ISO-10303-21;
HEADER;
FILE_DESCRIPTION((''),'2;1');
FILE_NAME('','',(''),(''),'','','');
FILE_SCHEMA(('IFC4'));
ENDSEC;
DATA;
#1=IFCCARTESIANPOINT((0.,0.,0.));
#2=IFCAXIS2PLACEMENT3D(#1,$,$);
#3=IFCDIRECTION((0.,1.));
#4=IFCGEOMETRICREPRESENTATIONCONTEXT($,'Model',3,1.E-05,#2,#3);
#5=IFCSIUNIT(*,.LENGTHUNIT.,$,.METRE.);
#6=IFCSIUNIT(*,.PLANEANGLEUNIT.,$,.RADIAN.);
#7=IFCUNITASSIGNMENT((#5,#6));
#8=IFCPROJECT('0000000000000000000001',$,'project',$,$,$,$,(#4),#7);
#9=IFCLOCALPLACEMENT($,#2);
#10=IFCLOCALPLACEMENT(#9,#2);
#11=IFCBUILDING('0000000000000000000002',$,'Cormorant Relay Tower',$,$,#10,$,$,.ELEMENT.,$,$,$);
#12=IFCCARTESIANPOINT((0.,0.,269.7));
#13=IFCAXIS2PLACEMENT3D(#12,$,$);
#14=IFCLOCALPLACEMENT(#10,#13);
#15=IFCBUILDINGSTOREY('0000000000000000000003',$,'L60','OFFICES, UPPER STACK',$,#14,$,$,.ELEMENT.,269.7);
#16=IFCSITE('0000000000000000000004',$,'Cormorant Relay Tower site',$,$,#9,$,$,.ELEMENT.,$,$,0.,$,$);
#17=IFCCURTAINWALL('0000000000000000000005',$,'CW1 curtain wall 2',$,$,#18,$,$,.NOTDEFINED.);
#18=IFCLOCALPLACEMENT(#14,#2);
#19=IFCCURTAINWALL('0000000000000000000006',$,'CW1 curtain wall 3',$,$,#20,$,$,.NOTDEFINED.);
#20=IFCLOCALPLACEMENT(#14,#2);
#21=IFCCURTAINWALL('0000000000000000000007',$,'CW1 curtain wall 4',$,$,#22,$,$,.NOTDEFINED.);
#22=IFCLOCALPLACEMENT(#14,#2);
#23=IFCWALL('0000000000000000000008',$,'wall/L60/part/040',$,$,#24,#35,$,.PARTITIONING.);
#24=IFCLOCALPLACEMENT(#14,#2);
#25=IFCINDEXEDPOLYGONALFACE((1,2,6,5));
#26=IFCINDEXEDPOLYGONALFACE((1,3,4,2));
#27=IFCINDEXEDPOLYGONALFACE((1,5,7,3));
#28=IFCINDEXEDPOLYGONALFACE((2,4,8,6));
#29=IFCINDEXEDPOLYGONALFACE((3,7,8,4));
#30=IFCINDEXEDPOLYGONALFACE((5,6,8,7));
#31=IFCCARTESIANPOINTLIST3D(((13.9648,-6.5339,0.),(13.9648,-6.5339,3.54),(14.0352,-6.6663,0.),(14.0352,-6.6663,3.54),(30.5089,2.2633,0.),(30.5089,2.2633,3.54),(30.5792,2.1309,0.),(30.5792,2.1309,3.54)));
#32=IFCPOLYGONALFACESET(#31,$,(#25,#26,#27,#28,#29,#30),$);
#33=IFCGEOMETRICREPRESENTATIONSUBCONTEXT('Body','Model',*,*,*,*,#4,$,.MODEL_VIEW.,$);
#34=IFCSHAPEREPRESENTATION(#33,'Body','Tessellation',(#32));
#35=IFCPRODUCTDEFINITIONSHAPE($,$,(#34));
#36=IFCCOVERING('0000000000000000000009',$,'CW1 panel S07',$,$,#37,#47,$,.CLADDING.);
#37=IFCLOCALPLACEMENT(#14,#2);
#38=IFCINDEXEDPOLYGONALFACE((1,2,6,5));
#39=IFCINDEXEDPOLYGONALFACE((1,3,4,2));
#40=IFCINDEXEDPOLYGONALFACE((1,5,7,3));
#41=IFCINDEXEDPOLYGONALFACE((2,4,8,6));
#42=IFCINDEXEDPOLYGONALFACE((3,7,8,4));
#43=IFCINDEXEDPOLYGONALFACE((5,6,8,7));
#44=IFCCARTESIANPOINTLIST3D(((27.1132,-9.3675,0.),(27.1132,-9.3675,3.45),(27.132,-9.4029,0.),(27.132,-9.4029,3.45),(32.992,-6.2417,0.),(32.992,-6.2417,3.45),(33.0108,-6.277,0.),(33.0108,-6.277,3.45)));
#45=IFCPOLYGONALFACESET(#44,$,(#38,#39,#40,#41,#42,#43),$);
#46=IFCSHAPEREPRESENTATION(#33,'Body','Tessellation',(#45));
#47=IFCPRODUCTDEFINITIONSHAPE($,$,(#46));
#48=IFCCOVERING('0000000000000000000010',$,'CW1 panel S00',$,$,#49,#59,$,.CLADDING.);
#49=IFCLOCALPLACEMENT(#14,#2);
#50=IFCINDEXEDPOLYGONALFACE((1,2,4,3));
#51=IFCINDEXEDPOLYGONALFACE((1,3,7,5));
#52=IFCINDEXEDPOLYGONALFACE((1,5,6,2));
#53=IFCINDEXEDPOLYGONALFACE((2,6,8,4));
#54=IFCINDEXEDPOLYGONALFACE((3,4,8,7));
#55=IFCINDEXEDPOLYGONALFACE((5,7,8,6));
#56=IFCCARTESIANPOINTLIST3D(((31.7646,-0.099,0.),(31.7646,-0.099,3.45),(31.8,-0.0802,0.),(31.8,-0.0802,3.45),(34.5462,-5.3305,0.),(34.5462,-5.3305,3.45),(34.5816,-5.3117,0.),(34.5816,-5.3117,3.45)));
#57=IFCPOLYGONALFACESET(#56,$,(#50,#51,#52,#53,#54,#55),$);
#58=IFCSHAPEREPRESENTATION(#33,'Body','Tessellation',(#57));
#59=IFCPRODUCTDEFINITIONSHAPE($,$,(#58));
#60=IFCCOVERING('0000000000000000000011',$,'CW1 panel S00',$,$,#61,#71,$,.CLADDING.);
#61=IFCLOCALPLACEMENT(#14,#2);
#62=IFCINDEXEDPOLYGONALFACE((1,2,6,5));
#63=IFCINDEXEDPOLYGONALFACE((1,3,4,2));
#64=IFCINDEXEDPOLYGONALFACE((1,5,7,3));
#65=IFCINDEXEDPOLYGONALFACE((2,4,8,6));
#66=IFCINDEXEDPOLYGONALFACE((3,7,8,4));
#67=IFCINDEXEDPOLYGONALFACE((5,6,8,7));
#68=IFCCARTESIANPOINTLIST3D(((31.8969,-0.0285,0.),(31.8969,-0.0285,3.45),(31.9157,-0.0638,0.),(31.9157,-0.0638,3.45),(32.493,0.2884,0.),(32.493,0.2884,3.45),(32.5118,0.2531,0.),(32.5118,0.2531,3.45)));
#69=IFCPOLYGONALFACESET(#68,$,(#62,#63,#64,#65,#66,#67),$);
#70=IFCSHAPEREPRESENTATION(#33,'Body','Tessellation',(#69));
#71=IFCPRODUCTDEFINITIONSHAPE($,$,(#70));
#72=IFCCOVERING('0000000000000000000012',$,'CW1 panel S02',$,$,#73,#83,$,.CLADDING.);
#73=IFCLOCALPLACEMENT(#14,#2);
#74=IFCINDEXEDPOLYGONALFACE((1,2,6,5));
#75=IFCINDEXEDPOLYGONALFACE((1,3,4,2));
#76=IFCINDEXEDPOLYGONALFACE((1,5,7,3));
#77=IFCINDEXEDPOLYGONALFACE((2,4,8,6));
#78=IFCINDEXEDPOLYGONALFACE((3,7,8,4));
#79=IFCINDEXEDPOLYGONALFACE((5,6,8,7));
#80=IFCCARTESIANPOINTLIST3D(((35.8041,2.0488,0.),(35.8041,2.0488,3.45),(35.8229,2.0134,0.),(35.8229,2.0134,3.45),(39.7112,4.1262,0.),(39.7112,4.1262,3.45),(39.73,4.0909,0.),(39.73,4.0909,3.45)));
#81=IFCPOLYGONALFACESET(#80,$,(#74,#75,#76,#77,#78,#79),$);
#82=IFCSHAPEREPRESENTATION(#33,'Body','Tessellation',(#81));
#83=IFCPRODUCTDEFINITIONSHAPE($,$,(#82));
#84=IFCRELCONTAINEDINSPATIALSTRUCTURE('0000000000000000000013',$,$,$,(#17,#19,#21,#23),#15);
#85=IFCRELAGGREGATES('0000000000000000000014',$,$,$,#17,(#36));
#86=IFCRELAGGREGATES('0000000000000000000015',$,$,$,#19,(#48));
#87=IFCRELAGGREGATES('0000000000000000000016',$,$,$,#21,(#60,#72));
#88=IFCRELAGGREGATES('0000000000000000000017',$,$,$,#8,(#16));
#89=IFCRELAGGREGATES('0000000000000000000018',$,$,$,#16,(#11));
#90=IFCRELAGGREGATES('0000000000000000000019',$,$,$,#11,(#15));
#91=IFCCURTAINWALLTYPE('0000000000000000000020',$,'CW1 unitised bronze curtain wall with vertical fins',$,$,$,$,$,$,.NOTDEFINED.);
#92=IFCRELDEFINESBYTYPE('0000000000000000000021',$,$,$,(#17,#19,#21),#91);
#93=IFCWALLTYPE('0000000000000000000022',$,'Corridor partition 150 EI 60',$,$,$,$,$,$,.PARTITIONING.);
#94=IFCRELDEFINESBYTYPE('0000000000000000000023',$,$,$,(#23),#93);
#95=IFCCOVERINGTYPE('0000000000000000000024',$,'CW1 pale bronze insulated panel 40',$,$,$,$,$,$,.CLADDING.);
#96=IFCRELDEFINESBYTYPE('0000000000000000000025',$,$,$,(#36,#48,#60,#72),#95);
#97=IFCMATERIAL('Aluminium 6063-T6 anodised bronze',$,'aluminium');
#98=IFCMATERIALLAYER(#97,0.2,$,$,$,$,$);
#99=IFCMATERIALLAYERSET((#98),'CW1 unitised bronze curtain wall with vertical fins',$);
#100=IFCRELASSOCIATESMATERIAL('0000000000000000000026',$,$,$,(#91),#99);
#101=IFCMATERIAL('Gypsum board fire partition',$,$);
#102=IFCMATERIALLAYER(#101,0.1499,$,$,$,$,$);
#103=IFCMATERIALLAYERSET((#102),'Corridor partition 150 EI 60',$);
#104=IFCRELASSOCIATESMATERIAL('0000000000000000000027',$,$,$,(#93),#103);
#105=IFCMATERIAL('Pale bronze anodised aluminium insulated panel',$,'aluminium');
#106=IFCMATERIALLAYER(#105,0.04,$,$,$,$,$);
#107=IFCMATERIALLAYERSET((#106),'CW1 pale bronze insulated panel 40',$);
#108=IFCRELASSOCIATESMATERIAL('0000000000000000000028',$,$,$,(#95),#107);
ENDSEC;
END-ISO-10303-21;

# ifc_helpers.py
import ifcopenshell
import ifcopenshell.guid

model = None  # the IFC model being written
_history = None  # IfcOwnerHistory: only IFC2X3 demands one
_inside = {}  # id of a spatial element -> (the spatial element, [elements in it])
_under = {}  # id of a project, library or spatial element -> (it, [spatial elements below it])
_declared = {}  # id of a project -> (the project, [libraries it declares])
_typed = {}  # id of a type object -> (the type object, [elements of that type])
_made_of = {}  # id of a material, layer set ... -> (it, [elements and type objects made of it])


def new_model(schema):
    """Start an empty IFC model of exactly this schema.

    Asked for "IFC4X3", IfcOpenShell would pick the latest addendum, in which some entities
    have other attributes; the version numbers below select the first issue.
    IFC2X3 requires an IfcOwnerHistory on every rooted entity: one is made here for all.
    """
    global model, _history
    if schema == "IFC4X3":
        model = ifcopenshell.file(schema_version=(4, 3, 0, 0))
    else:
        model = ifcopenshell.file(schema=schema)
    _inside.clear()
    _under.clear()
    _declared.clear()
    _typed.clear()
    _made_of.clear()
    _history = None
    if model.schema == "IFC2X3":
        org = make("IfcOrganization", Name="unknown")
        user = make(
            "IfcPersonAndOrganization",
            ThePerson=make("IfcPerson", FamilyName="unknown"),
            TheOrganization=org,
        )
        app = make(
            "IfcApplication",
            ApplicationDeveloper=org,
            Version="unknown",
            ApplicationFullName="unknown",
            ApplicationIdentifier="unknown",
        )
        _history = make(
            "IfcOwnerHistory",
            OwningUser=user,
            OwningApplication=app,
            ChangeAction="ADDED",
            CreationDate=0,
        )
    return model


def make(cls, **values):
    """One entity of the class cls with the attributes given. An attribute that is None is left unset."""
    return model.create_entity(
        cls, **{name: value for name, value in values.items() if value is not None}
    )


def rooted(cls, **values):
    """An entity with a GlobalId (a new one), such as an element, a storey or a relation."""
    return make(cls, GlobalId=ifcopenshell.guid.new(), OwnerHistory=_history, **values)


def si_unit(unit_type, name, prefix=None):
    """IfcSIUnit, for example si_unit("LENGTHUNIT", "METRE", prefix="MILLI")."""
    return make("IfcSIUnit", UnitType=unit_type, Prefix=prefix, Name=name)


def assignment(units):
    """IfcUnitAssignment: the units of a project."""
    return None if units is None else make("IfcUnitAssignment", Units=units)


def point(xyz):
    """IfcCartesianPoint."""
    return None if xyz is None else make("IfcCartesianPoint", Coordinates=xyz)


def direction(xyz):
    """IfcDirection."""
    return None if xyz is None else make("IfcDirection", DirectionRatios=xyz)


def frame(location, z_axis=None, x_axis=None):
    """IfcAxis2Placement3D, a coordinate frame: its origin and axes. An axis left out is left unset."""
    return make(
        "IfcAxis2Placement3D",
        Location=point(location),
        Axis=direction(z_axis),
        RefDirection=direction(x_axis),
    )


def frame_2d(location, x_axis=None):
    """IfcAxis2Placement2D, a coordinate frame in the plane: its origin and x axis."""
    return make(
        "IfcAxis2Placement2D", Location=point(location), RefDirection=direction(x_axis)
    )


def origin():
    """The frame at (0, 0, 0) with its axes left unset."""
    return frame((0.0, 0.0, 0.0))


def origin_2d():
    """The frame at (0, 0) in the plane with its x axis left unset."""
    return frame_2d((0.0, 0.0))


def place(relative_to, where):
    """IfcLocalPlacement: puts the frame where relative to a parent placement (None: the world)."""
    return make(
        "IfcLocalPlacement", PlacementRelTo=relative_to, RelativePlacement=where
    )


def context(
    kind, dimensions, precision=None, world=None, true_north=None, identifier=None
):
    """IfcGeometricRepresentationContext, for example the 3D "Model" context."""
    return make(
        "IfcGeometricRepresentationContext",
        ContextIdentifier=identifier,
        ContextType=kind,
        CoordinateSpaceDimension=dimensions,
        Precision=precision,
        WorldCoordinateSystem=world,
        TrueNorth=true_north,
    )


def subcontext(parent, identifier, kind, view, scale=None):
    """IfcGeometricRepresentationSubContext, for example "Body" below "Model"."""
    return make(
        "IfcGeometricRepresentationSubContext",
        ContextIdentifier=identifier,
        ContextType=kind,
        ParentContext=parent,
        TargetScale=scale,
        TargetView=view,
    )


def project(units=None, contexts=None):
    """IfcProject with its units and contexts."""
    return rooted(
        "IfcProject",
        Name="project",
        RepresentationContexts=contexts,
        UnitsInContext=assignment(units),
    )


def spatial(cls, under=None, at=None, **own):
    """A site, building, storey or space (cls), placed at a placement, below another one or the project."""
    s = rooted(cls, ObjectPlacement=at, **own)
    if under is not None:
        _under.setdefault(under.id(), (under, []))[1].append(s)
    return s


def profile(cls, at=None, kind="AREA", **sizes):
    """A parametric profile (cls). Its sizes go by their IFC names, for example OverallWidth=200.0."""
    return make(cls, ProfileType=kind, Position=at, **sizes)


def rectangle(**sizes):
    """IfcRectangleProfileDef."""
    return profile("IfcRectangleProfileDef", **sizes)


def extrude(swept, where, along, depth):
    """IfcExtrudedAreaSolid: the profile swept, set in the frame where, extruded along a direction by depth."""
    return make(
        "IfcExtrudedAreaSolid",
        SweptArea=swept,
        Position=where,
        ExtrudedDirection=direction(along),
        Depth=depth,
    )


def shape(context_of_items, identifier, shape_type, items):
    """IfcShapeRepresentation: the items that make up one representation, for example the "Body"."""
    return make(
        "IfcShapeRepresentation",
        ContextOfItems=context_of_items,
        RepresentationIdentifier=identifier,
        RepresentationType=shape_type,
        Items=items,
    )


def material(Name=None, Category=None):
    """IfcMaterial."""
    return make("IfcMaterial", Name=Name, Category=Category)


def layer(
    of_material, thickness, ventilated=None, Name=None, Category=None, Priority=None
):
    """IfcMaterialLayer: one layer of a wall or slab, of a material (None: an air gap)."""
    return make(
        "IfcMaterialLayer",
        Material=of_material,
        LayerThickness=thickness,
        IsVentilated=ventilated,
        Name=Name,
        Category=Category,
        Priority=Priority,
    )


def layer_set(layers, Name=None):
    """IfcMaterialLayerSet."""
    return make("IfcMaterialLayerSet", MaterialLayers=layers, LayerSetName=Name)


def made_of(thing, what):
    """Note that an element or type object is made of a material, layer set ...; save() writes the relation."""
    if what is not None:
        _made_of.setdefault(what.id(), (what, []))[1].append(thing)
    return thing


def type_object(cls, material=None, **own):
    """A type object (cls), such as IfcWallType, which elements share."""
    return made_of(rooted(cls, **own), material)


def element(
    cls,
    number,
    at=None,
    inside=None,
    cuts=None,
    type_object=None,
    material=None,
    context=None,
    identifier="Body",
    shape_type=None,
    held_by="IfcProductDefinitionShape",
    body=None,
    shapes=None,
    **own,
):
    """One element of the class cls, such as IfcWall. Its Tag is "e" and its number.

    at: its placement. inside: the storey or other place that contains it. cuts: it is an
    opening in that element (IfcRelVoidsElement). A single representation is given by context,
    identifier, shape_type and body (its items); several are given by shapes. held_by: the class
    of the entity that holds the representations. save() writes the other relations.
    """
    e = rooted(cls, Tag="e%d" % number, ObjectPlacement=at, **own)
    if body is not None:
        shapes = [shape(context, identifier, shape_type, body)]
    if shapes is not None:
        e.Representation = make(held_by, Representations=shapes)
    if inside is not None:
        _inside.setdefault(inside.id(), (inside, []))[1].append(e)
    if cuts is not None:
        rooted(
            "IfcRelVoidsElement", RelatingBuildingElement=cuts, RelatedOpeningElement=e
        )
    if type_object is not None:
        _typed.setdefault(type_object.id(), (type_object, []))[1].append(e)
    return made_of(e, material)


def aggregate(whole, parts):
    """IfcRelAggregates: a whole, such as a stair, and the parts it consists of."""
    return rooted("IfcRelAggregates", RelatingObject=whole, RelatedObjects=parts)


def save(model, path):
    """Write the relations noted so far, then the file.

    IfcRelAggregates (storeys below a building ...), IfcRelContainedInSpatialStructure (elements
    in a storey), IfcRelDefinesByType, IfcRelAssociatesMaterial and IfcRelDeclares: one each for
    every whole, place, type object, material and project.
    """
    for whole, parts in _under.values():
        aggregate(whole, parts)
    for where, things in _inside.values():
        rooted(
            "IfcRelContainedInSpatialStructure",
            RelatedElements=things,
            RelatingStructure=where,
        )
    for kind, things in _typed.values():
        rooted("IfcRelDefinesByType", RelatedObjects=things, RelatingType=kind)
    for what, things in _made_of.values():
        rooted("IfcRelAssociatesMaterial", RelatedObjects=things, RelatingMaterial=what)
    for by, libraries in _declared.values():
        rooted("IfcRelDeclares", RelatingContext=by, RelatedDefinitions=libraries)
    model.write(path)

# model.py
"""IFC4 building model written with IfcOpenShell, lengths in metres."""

from ifc_helpers import new_model, si_unit, direction, frame, frame_2d, origin, origin_2d, place, context, subcontext, project, spatial, rectangle, extrude, material, layer, layer_set, type_object, element, aggregate, save


model = new_model("IFC4")

# Units and contexts
model_context = context("Model", 3, precision=1e-05, world=origin(), true_north=direction((0.0, 1.0)))
body_context = subcontext(model_context, "Body", "Model", "MODEL_VIEW")
ifc_project = project(units=[si_unit("LENGTHUNIT", "METRE"), si_unit("PLANEANGLEUNIT", "RADIAN")], contexts=[model_context])

# Site, building, storey
site_placement = place(None, origin())
site = spatial("IfcSite", under=ifc_project, at=site_placement, Name="Cormorant Relay Tower site", CompositionType="ELEMENT", RefElevation=0.0)
building_placement = place(site_placement, origin())
building = spatial("IfcBuilding", under=site, at=building_placement, Name="Cormorant Relay Tower", CompositionType="ELEMENT")
storey_placement = place(building_placement, frame((0.0, 0.0, 269.7)))
storey = spatial("IfcBuildingStorey", under=building, at=storey_placement, Name="L60", Description="OFFICES, UPPER STACK", CompositionType="ELEMENT", Elevation=269.7)

# Curtain walls
ifc_material_1 = material(Name="Aluminium 6063-T6 anodised bronze", Category="aluminium")
ifc_layer_1 = layer(ifc_material_1, 0.2)
ifc_layer_set_1 = layer_set([ifc_layer_1], Name="CW1 unitised bronze curtain wall with vertical fins")
curtain_wall_type = type_object("IfcCurtainWallType", Name="CW1 unitised bronze curtain wall with vertical fins", PredefinedType="NOTDEFINED", material=ifc_layer_set_1)
curtain_wall_1_placement = place(storey_placement, origin())
curtain_wall_1 = element("IfcCurtainWall", 1, at=curtain_wall_1_placement, inside=storey, type_object=curtain_wall_type, Name="CW1 curtain wall 2", PredefinedType="NOTDEFINED")
curtain_wall_2_placement = place(storey_placement, origin())
curtain_wall_2 = element("IfcCurtainWall", 2, at=curtain_wall_2_placement, inside=storey, type_object=curtain_wall_type, Name="CW1 curtain wall 3", PredefinedType="NOTDEFINED")

# Curtain wall
curtain_wall_3_placement = place(storey_placement, origin())
curtain_wall_3 = element("IfcCurtainWall", 3, at=curtain_wall_3_placement, inside=storey, type_object=curtain_wall_type, Name="CW1 curtain wall 4", PredefinedType="NOTDEFINED")

# Shared definitions
ifc_material_2 = material(Name="Gypsum board fire partition")
ifc_layer_2 = layer(ifc_material_2, 0.1499)
ifc_layer_set_2 = layer_set([ifc_layer_2], Name="Corridor partition 150 EI 60")
wall_type_1 = type_object("IfcWallType", Name="Corridor partition 150 EI 60", PredefinedType="PARTITIONING", material=ifc_layer_set_2)

# Wall
wall_1_placement = place(storey_placement, frame((30.5439, 2.197, 0.0), z_axis=(0.0, 0.0, 1.0), x_axis=(-0.882935, -0.469494, 0.0)))
element("IfcWall", 4, at=wall_1_placement, inside=storey, type_object=wall_type_1, Name="wall/L60/part/040", PredefinedType="PARTITIONING", context=body_context, shape_type="SweptSolid", body=[
    extrude(rectangle(XDim=18.7375, YDim=0.1499, at=frame_2d((9.3687, 0.0))), origin(), (0.0, 0.0, 1.0), 3.54),
])

# Coverings
ifc_material_3 = material(Name="Pale bronze anodised aluminium insulated panel", Category="aluminium")
ifc_layer_3 = layer(ifc_material_3, 0.04)
ifc_layer_set_3 = layer_set([ifc_layer_3], Name="CW1 pale bronze insulated panel 40")
covering_type = type_object("IfcCoveringType", Name="CW1 pale bronze insulated panel 40", PredefinedType="CLADDING", material=ifc_layer_set_3)
covering_1_placement = place(storey_placement, frame((30.062, -7.8223, 0.0), z_axis=(0.0, 0.0, 1.0), x_axis=(0.882948, 0.469472, 0.0)))
covering_1 = element("IfcCovering", 5, at=covering_1_placement, type_object=covering_type, Name="CW1 panel S07", PredefinedType="CLADDING", context=body_context, shape_type="SweptSolid", body=[
    extrude(rectangle(XDim=6.6582, YDim=0.04, at=origin_2d()), origin(), (0.0, 0.0, 1.0), 3.45),
])
aggregate(curtain_wall_1, [covering_1])
covering_2_placement = place(storey_placement, frame((33.1731, -2.7053, 0.0), z_axis=(0.0, 0.0, 1.0), x_axis=(-0.469472, 0.882948, 0.0)))
covering_2 = element("IfcCovering", 6, at=covering_2_placement, type_object=covering_type, Name="CW1 panel S00", PredefinedType="CLADDING", context=body_context, shape_type="SweptSolid", body=[
    extrude(rectangle(XDim=5.925, YDim=0.04, at=origin_2d()), origin(), (0.0, 0.0, 1.0), 3.45),
])
aggregate(curtain_wall_2, [covering_2])
covering_3_placement = place(storey_placement, frame((32.2043, 0.1123, 0.0), z_axis=(0.0, 0.0, 1.0), x_axis=(0.882948, 0.469472, 0.0)))
covering_3 = element("IfcCovering", 7, at=covering_3_placement, type_object=covering_type, Name="CW1 panel S00", PredefinedType="CLADDING", context=body_context, shape_type="SweptSolid", body=[
    extrude(rectangle(XDim=0.675, YDim=0.04, at=origin_2d()), origin(), (0.0, 0.0, 1.0), 3.45),
])
covering_4_placement = place(storey_placement, frame((37.7671, 3.0698, 0.0), z_axis=(0.0, 0.0, 1.0), x_axis=(0.882948, 0.469472, 0.0)))
covering_4 = element("IfcCovering", 8, at=covering_4_placement, type_object=covering_type, Name="CW1 panel S02", PredefinedType="CLADDING", context=body_context, shape_type="SweptSolid", body=[
    extrude(rectangle(XDim=4.425, YDim=0.04, at=origin_2d()), origin(), (0.0, 0.0, 1.0), 3.45),
])
aggregate(curtain_wall_3, [covering_3, covering_4])

save(model, "model.ifc")
